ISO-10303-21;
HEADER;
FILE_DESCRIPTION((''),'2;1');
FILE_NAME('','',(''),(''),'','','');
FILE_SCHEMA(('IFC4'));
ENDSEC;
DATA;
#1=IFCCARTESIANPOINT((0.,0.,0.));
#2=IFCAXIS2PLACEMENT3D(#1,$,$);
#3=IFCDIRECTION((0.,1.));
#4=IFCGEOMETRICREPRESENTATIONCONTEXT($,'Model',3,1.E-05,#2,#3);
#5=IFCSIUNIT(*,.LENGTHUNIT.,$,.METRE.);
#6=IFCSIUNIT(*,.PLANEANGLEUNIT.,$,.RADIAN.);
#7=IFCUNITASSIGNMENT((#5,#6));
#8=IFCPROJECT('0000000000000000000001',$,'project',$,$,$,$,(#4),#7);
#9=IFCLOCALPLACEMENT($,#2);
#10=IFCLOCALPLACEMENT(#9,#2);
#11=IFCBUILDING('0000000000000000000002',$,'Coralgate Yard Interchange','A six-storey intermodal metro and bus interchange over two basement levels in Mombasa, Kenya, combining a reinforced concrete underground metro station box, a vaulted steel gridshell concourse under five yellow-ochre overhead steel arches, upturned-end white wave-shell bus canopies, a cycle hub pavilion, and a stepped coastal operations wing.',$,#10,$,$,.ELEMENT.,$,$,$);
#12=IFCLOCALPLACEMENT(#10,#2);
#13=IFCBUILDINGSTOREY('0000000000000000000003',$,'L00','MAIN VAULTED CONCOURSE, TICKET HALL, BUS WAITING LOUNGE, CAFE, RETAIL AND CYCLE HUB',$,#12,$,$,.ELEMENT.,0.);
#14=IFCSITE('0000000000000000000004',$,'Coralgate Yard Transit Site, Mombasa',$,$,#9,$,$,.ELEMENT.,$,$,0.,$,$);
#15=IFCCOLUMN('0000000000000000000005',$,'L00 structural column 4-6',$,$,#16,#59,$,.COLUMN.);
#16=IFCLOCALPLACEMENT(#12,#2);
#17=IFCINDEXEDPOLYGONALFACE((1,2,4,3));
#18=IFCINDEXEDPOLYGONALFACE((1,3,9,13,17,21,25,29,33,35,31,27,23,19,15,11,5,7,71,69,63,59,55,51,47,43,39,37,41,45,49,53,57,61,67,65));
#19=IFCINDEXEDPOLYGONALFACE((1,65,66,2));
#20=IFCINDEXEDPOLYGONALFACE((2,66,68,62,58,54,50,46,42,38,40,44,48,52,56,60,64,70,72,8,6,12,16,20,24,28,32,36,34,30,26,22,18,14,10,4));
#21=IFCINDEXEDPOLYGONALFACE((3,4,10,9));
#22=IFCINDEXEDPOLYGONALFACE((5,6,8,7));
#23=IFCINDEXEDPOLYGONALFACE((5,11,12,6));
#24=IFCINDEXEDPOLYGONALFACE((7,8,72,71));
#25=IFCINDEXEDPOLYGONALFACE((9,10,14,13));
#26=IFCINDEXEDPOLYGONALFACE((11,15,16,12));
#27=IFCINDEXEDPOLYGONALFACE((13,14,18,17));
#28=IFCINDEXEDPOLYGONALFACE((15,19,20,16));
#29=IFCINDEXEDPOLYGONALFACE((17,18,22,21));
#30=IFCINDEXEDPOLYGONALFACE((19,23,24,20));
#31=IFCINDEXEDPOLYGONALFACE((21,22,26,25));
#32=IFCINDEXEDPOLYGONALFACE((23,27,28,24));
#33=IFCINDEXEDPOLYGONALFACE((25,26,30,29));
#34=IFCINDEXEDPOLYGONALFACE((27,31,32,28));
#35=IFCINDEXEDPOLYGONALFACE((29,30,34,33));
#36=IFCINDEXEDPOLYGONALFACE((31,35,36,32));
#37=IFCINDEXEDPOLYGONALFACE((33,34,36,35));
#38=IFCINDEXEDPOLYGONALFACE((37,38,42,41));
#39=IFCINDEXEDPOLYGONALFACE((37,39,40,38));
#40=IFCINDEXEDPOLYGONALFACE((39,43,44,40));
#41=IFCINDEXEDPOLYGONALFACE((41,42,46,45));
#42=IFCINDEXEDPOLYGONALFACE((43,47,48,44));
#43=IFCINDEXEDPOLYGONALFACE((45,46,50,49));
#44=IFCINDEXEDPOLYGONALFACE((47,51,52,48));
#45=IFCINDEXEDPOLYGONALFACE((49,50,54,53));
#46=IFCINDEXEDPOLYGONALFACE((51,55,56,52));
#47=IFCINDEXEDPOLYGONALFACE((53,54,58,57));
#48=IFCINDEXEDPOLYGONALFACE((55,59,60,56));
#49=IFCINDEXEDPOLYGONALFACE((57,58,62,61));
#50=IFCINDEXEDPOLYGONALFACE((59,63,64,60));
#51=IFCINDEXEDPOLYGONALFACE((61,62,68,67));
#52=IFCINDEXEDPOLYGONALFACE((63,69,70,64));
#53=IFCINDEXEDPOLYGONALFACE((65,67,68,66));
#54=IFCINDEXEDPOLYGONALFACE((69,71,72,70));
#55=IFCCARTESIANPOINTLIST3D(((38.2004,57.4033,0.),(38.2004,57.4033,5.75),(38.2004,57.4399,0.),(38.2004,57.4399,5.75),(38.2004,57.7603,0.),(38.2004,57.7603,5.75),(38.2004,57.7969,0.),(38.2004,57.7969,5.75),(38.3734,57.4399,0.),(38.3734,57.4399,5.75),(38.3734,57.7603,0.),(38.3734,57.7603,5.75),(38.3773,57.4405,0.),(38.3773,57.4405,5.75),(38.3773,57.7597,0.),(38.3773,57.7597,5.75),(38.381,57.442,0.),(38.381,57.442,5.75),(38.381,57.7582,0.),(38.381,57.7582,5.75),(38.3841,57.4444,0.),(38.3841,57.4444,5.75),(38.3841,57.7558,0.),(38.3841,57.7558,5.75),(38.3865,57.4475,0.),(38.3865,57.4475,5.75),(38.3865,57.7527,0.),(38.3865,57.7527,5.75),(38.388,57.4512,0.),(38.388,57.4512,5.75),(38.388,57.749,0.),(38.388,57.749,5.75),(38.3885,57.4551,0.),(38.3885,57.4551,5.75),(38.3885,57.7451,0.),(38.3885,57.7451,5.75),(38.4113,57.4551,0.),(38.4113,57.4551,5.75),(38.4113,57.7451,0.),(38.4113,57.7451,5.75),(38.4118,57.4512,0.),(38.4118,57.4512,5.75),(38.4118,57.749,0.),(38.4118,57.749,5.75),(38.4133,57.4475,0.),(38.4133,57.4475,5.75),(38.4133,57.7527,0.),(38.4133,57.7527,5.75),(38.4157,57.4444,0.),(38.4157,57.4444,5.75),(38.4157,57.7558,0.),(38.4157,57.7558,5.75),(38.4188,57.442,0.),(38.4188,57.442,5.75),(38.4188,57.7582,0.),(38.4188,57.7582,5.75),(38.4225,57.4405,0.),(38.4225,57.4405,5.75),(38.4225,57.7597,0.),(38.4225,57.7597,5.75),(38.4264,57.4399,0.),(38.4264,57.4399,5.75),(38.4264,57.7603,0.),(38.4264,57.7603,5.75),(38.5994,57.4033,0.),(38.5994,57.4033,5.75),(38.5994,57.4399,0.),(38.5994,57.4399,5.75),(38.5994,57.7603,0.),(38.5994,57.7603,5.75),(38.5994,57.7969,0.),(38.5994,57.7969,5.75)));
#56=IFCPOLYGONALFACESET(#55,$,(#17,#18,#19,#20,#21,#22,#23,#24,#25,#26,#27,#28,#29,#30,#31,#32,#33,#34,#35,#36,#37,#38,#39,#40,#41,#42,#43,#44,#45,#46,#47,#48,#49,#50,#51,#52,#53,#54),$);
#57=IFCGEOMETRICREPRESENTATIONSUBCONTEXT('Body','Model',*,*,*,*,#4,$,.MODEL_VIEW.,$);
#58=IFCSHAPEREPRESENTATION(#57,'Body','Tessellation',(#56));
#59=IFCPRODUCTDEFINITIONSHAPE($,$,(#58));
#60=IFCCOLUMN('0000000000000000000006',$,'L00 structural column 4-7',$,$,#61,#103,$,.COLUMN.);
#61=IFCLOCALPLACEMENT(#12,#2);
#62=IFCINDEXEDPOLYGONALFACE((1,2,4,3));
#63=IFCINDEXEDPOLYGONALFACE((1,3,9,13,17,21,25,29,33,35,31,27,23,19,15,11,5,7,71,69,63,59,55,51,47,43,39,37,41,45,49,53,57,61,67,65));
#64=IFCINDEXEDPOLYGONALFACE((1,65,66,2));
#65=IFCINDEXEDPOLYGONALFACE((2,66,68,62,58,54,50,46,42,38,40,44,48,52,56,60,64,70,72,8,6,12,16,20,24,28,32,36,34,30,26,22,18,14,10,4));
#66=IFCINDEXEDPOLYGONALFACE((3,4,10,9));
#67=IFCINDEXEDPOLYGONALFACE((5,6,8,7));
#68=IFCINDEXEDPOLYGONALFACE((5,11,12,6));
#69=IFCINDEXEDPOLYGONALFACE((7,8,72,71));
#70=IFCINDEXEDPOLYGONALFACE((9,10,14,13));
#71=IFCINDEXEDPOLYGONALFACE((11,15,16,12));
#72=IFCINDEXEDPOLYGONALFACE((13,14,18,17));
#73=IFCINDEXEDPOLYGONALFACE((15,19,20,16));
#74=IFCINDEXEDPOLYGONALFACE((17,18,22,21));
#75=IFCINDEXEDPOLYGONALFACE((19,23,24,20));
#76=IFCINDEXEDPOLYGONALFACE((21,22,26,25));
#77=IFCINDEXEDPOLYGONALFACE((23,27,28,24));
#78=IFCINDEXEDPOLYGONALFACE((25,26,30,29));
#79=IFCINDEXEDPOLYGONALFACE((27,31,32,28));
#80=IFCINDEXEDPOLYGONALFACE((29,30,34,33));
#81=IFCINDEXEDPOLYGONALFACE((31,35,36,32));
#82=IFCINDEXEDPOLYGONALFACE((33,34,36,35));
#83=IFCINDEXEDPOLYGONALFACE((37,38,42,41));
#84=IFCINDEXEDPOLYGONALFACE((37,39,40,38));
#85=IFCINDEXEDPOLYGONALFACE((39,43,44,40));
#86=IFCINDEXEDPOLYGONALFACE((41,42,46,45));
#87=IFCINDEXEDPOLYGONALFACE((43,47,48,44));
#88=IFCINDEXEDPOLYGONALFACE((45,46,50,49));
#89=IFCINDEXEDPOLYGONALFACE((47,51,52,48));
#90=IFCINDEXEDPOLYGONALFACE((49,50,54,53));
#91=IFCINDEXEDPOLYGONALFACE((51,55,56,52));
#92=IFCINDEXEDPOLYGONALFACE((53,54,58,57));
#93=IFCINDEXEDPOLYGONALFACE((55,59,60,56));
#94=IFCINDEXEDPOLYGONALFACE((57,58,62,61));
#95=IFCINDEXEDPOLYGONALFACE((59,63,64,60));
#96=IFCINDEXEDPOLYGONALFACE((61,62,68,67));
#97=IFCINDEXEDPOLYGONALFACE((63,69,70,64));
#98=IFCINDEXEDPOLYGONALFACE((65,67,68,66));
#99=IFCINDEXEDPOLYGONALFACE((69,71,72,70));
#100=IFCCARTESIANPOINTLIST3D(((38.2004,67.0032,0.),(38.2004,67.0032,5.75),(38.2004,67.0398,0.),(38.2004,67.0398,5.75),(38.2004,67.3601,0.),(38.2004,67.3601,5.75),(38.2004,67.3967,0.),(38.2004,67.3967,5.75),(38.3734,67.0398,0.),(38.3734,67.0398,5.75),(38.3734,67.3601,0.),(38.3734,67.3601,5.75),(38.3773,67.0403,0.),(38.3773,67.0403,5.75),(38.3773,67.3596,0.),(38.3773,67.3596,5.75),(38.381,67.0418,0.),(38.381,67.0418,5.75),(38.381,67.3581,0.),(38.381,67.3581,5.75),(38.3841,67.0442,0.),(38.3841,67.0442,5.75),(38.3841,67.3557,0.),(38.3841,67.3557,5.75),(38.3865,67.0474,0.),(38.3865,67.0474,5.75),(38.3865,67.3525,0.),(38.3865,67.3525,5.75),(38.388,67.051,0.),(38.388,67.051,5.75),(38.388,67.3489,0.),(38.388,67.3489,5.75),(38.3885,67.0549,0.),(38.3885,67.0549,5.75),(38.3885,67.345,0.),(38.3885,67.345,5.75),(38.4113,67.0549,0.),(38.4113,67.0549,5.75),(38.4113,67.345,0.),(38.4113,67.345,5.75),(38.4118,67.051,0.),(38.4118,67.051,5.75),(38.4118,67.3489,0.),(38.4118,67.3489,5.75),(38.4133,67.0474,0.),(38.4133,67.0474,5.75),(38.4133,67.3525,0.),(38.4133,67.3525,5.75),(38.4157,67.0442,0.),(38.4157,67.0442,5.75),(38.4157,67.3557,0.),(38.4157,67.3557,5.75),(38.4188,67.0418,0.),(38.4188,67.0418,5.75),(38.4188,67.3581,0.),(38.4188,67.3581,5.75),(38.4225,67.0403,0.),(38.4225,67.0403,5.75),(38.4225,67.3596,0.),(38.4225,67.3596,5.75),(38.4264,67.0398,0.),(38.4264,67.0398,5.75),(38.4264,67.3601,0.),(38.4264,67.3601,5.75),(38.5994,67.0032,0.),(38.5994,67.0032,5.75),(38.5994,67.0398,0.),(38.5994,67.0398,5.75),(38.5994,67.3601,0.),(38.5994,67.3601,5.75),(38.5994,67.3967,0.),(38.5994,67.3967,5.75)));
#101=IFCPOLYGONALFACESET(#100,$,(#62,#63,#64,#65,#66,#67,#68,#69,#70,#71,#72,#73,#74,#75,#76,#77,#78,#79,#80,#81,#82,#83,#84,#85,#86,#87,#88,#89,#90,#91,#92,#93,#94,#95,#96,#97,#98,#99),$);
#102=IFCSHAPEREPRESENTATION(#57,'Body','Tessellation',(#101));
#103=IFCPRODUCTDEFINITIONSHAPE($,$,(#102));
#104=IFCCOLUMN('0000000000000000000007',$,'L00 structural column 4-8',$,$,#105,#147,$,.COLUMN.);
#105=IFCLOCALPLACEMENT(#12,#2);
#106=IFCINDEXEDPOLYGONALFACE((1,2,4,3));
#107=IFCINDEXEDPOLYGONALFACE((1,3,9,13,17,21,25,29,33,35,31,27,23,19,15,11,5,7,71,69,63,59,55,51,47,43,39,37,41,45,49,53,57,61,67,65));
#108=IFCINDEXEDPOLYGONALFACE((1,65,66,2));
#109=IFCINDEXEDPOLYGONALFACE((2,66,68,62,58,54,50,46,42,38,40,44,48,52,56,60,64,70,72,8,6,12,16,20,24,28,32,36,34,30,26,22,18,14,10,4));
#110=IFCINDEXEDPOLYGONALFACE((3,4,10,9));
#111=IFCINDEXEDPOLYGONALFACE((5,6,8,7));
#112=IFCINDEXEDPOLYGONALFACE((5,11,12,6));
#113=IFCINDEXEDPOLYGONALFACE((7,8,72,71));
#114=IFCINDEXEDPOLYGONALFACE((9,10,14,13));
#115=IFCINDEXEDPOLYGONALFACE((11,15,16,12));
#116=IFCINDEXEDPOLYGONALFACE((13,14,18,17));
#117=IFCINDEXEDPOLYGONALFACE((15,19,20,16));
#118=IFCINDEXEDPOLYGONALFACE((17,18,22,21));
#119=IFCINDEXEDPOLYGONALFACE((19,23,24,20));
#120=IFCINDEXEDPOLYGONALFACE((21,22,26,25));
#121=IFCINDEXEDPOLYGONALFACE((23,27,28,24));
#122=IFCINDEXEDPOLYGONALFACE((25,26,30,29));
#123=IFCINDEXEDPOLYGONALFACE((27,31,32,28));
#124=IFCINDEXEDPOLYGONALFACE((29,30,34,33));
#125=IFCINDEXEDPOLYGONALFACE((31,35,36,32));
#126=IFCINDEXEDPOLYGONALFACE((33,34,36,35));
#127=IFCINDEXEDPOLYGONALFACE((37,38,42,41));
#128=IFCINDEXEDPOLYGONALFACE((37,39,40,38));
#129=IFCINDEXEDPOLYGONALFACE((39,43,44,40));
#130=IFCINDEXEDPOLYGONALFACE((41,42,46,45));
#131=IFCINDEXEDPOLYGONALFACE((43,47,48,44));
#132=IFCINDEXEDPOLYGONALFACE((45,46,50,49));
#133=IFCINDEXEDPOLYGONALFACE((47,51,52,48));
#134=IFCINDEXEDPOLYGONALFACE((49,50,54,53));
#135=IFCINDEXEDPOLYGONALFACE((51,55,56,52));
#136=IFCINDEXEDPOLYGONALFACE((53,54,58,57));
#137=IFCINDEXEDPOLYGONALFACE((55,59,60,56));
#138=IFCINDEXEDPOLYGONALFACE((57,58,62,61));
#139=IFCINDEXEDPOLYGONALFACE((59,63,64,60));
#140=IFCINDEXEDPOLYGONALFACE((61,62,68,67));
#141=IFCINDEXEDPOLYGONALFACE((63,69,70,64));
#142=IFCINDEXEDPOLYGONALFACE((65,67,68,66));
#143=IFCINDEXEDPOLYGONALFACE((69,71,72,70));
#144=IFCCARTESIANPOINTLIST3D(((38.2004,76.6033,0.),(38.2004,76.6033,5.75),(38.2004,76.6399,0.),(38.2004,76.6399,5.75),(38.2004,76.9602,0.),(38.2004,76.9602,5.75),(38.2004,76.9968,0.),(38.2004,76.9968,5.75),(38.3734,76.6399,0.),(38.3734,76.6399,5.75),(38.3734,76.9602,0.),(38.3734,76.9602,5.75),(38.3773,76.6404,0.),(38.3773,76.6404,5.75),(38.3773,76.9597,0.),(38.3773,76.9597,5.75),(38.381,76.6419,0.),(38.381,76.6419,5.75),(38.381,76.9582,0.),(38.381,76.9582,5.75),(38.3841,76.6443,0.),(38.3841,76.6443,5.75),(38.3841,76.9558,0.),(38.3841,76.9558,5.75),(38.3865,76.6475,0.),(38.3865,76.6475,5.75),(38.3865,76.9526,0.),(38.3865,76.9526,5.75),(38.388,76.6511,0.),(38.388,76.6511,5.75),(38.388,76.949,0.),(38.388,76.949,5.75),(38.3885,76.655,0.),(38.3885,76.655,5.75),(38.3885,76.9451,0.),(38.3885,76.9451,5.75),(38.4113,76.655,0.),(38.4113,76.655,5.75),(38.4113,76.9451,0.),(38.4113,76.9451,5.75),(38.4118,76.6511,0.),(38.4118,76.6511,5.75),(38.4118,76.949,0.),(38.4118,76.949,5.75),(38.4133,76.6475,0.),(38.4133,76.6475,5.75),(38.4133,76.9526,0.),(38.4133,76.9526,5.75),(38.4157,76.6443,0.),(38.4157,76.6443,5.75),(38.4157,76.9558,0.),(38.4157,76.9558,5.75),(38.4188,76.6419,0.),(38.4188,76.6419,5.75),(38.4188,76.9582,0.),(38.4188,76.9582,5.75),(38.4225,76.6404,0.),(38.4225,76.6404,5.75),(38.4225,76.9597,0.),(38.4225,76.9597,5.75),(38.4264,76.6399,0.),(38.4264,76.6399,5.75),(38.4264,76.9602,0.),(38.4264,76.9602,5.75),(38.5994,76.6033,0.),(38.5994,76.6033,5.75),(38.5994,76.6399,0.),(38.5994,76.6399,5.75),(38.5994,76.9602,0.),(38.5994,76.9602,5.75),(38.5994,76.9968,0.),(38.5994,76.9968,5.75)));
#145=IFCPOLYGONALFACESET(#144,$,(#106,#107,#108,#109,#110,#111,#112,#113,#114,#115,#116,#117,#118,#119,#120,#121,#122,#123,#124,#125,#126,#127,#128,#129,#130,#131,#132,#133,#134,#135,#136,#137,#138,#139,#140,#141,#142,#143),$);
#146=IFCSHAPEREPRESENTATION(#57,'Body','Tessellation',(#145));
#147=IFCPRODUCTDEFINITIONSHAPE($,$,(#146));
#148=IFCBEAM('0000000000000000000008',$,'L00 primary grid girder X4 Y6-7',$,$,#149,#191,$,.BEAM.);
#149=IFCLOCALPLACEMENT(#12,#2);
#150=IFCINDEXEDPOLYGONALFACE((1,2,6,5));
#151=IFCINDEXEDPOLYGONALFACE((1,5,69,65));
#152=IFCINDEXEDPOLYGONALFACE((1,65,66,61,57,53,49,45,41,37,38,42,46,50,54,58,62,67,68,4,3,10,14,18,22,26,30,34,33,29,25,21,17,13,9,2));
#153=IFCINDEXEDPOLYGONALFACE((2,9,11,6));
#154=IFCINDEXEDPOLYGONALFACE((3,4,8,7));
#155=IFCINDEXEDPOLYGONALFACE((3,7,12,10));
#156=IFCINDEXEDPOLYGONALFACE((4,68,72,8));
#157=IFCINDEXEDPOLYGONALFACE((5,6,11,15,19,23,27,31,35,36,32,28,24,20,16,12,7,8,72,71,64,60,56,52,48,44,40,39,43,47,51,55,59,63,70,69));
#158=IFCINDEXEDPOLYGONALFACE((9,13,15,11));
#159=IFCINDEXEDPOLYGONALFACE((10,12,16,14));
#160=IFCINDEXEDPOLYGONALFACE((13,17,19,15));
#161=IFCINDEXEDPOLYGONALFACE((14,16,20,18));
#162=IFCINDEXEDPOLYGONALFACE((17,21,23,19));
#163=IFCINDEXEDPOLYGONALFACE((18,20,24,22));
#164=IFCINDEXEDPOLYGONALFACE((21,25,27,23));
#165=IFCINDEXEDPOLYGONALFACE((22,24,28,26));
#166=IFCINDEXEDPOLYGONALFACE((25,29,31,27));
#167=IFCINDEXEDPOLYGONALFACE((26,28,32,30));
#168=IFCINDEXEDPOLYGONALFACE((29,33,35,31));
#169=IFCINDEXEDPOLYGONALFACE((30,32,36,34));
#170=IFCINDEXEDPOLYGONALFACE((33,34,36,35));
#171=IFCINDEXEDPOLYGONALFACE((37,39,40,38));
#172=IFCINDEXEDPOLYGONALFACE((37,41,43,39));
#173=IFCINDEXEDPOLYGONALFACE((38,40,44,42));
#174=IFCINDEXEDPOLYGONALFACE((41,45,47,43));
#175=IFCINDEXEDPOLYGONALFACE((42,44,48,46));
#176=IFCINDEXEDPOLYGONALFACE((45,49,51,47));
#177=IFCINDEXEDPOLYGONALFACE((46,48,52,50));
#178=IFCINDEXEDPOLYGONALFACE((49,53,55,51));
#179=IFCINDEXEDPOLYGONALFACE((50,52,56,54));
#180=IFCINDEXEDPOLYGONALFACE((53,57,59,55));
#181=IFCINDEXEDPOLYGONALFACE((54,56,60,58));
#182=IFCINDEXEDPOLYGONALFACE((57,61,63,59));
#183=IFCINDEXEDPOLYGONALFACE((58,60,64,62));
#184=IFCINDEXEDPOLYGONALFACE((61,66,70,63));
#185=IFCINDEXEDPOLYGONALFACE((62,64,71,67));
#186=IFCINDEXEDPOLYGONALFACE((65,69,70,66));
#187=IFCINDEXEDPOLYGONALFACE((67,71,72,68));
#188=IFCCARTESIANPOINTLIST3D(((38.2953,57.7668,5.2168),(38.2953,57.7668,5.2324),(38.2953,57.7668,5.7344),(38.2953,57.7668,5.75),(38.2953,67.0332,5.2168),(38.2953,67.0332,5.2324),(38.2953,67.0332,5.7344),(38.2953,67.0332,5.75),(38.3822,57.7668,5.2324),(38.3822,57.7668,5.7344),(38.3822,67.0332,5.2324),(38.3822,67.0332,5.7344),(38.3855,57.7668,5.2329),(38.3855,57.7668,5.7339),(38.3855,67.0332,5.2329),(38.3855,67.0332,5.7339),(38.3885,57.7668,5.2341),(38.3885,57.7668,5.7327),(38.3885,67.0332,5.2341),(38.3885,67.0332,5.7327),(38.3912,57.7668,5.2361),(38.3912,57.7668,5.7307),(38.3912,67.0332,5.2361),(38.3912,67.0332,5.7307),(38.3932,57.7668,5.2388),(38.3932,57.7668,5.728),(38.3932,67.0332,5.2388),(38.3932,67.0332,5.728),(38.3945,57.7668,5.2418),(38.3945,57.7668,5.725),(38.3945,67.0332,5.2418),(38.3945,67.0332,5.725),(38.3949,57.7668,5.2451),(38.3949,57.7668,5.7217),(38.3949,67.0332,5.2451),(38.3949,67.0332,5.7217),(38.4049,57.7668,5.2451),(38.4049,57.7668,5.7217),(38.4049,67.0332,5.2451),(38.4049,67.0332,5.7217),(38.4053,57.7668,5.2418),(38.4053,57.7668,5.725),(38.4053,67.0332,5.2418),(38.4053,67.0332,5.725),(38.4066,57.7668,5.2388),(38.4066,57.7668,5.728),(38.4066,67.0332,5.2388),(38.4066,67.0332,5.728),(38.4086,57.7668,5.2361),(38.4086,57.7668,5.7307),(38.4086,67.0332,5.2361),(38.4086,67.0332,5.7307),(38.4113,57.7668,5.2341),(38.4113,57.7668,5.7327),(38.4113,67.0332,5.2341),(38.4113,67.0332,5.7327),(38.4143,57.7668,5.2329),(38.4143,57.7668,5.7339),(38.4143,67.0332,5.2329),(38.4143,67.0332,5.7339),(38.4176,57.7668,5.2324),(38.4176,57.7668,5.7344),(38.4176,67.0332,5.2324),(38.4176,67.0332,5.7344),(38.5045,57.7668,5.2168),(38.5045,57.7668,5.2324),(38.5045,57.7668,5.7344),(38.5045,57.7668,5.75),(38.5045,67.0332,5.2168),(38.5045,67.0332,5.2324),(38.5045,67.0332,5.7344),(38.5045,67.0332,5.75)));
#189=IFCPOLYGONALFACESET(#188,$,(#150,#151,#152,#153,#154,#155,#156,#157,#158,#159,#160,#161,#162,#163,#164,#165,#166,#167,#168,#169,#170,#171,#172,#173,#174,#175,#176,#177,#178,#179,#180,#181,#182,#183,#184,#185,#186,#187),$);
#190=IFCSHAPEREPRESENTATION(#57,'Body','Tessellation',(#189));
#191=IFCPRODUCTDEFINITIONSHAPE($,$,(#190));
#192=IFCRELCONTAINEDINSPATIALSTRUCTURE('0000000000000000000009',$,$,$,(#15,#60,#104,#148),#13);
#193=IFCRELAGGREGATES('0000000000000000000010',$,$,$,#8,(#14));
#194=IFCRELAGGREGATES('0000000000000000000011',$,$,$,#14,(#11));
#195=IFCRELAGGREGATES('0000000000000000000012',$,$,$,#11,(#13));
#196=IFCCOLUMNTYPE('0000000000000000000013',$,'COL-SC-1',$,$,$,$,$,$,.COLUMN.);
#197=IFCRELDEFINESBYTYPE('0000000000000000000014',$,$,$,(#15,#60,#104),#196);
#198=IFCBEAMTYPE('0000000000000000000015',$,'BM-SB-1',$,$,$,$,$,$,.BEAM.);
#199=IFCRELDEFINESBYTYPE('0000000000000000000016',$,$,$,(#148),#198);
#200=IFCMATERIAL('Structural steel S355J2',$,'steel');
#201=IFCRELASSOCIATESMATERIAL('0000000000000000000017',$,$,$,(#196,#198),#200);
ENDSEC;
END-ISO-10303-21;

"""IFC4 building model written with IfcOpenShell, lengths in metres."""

from ifc_helpers import new_model, si_unit, direction, frame, origin, origin_2d, place, context, subcontext, project, spatial, i_section, extrude, material, material_profile, profile_set, type_object, element, save


model = new_model("IFC4")

# Units and contexts
model_context = context("Model", 3, precision=1e-05, world=origin(), true_north=direction((0.0, 1.0)))
body_context = subcontext(model_context, "Body", "Model", "MODEL_VIEW")
ifc_project = project(units=[si_unit("LENGTHUNIT", "METRE"), si_unit("PLANEANGLEUNIT", "RADIAN")], contexts=[model_context])

# Site, building, storey
site_placement = place(None, origin())
site = spatial("IfcSite", under=ifc_project, at=site_placement, Name="Coralgate Yard Transit Site, Mombasa", CompositionType="ELEMENT", RefElevation=0.0)
building_placement = place(site_placement, origin())
building = spatial("IfcBuilding", under=site, at=building_placement, Name="Coralgate Yard Interchange", Description="A six-storey intermodal metro and bus interchange over two basement levels in Mombasa, Kenya, combining a reinforced concrete underground metro station box, a vaulted steel gridshell concourse under five yellow-ochre overhead steel arches, upturned-end white wave-shell bus canopies, a cycle hub pavilion, and a stepped coastal operations wing.", CompositionType="ELEMENT")
storey_placement = place(building_placement, origin())
storey = spatial("IfcBuildingStorey", under=building, at=storey_placement, Name="L00", Description="MAIN VAULTED CONCOURSE, TICKET HALL, BUS WAITING LOUNGE, CAFE, RETAIL AND CYCLE HUB", CompositionType="ELEMENT", Elevation=0.0)

# Columns
ifc_material_1 = material(Name="Structural steel S355J2", Category="steel")
ifc_material_profile_1 = material_profile(ifc_material_1, i_section(OverallWidth=0.3989, OverallDepth=0.3936, WebThickness=0.0227, FlangeThickness=0.0366, FilletRadius=0.0151, at=origin_2d()), Name="UC 356x406x287")
ifc_profile_set_1 = profile_set([ifc_material_profile_1], Name="Structural steel S355J2")
column_type = type_object("IfcColumnType", Name="COL-SC-1", PredefinedType="COLUMN", material=ifc_profile_set_1)
for number, where, z_axis, x_axis, name in (
    (1, (38.3999, 57.6001, 0.0), (0.0, 0.0, 1.0), (1.0, 0.0, 0.0), "L00 structural column 4-6"),
    (2, (38.3999, 67.2, 0.0), (0.0, 0.0, 1.0), (1.0, 0.0, 0.0), "L00 structural column 4-7"),
    (3, (38.3999, 76.8, 0.0), (0.0, 0.0, 1.0), (1.0, 0.0, 0.0), "L00 structural column 4-8"),
):
    element("IfcColumn", number, at=place(storey_placement, frame(where, z_axis=z_axis, x_axis=x_axis)), inside=storey, type_object=column_type, Name=name, PredefinedType="COLUMN", context=body_context, shape_type="SweptSolid", body=[
        extrude(i_section(OverallWidth=0.3989, OverallDepth=0.3936, WebThickness=0.0227, FlangeThickness=0.0366, FilletRadius=0.0151, at=origin_2d()), origin(), (0.0, 0.0, 1.0), 5.75),
    ])

# Beam
ifc_material_profile_2 = material_profile(ifc_material_1, i_section(OverallWidth=0.2092, OverallDepth=0.5332, WebThickness=0.01, FlangeThickness=0.0156, FilletRadius=0.0127, at=origin_2d()), Name="UB 533x210x92")
ifc_profile_set_2 = profile_set([ifc_material_profile_2], Name="Structural steel S355J2")
beam_type_1 = type_object("IfcBeamType", Name="BM-SB-1", PredefinedType="BEAM", material=ifc_profile_set_2)
beam_1_placement = place(storey_placement, frame((38.3999, 57.7668, 5.4834), z_axis=(0.0, 1.0, 0.0), x_axis=(-1.0, 0.0, 0.0)))
element("IfcBeam", 4, at=beam_1_placement, inside=storey, type_object=beam_type_1, Name="L00 primary grid girder X4 Y6-7", PredefinedType="BEAM", context=body_context, shape_type="SweptSolid", body=[
    extrude(i_section(OverallWidth=0.2092, OverallDepth=0.5332, WebThickness=0.01, FlangeThickness=0.0156, FilletRadius=0.0127, at=origin_2d()), origin(), (0.0, 0.0, 1.0), 9.2664),
])

save(model, "model.ifc")
